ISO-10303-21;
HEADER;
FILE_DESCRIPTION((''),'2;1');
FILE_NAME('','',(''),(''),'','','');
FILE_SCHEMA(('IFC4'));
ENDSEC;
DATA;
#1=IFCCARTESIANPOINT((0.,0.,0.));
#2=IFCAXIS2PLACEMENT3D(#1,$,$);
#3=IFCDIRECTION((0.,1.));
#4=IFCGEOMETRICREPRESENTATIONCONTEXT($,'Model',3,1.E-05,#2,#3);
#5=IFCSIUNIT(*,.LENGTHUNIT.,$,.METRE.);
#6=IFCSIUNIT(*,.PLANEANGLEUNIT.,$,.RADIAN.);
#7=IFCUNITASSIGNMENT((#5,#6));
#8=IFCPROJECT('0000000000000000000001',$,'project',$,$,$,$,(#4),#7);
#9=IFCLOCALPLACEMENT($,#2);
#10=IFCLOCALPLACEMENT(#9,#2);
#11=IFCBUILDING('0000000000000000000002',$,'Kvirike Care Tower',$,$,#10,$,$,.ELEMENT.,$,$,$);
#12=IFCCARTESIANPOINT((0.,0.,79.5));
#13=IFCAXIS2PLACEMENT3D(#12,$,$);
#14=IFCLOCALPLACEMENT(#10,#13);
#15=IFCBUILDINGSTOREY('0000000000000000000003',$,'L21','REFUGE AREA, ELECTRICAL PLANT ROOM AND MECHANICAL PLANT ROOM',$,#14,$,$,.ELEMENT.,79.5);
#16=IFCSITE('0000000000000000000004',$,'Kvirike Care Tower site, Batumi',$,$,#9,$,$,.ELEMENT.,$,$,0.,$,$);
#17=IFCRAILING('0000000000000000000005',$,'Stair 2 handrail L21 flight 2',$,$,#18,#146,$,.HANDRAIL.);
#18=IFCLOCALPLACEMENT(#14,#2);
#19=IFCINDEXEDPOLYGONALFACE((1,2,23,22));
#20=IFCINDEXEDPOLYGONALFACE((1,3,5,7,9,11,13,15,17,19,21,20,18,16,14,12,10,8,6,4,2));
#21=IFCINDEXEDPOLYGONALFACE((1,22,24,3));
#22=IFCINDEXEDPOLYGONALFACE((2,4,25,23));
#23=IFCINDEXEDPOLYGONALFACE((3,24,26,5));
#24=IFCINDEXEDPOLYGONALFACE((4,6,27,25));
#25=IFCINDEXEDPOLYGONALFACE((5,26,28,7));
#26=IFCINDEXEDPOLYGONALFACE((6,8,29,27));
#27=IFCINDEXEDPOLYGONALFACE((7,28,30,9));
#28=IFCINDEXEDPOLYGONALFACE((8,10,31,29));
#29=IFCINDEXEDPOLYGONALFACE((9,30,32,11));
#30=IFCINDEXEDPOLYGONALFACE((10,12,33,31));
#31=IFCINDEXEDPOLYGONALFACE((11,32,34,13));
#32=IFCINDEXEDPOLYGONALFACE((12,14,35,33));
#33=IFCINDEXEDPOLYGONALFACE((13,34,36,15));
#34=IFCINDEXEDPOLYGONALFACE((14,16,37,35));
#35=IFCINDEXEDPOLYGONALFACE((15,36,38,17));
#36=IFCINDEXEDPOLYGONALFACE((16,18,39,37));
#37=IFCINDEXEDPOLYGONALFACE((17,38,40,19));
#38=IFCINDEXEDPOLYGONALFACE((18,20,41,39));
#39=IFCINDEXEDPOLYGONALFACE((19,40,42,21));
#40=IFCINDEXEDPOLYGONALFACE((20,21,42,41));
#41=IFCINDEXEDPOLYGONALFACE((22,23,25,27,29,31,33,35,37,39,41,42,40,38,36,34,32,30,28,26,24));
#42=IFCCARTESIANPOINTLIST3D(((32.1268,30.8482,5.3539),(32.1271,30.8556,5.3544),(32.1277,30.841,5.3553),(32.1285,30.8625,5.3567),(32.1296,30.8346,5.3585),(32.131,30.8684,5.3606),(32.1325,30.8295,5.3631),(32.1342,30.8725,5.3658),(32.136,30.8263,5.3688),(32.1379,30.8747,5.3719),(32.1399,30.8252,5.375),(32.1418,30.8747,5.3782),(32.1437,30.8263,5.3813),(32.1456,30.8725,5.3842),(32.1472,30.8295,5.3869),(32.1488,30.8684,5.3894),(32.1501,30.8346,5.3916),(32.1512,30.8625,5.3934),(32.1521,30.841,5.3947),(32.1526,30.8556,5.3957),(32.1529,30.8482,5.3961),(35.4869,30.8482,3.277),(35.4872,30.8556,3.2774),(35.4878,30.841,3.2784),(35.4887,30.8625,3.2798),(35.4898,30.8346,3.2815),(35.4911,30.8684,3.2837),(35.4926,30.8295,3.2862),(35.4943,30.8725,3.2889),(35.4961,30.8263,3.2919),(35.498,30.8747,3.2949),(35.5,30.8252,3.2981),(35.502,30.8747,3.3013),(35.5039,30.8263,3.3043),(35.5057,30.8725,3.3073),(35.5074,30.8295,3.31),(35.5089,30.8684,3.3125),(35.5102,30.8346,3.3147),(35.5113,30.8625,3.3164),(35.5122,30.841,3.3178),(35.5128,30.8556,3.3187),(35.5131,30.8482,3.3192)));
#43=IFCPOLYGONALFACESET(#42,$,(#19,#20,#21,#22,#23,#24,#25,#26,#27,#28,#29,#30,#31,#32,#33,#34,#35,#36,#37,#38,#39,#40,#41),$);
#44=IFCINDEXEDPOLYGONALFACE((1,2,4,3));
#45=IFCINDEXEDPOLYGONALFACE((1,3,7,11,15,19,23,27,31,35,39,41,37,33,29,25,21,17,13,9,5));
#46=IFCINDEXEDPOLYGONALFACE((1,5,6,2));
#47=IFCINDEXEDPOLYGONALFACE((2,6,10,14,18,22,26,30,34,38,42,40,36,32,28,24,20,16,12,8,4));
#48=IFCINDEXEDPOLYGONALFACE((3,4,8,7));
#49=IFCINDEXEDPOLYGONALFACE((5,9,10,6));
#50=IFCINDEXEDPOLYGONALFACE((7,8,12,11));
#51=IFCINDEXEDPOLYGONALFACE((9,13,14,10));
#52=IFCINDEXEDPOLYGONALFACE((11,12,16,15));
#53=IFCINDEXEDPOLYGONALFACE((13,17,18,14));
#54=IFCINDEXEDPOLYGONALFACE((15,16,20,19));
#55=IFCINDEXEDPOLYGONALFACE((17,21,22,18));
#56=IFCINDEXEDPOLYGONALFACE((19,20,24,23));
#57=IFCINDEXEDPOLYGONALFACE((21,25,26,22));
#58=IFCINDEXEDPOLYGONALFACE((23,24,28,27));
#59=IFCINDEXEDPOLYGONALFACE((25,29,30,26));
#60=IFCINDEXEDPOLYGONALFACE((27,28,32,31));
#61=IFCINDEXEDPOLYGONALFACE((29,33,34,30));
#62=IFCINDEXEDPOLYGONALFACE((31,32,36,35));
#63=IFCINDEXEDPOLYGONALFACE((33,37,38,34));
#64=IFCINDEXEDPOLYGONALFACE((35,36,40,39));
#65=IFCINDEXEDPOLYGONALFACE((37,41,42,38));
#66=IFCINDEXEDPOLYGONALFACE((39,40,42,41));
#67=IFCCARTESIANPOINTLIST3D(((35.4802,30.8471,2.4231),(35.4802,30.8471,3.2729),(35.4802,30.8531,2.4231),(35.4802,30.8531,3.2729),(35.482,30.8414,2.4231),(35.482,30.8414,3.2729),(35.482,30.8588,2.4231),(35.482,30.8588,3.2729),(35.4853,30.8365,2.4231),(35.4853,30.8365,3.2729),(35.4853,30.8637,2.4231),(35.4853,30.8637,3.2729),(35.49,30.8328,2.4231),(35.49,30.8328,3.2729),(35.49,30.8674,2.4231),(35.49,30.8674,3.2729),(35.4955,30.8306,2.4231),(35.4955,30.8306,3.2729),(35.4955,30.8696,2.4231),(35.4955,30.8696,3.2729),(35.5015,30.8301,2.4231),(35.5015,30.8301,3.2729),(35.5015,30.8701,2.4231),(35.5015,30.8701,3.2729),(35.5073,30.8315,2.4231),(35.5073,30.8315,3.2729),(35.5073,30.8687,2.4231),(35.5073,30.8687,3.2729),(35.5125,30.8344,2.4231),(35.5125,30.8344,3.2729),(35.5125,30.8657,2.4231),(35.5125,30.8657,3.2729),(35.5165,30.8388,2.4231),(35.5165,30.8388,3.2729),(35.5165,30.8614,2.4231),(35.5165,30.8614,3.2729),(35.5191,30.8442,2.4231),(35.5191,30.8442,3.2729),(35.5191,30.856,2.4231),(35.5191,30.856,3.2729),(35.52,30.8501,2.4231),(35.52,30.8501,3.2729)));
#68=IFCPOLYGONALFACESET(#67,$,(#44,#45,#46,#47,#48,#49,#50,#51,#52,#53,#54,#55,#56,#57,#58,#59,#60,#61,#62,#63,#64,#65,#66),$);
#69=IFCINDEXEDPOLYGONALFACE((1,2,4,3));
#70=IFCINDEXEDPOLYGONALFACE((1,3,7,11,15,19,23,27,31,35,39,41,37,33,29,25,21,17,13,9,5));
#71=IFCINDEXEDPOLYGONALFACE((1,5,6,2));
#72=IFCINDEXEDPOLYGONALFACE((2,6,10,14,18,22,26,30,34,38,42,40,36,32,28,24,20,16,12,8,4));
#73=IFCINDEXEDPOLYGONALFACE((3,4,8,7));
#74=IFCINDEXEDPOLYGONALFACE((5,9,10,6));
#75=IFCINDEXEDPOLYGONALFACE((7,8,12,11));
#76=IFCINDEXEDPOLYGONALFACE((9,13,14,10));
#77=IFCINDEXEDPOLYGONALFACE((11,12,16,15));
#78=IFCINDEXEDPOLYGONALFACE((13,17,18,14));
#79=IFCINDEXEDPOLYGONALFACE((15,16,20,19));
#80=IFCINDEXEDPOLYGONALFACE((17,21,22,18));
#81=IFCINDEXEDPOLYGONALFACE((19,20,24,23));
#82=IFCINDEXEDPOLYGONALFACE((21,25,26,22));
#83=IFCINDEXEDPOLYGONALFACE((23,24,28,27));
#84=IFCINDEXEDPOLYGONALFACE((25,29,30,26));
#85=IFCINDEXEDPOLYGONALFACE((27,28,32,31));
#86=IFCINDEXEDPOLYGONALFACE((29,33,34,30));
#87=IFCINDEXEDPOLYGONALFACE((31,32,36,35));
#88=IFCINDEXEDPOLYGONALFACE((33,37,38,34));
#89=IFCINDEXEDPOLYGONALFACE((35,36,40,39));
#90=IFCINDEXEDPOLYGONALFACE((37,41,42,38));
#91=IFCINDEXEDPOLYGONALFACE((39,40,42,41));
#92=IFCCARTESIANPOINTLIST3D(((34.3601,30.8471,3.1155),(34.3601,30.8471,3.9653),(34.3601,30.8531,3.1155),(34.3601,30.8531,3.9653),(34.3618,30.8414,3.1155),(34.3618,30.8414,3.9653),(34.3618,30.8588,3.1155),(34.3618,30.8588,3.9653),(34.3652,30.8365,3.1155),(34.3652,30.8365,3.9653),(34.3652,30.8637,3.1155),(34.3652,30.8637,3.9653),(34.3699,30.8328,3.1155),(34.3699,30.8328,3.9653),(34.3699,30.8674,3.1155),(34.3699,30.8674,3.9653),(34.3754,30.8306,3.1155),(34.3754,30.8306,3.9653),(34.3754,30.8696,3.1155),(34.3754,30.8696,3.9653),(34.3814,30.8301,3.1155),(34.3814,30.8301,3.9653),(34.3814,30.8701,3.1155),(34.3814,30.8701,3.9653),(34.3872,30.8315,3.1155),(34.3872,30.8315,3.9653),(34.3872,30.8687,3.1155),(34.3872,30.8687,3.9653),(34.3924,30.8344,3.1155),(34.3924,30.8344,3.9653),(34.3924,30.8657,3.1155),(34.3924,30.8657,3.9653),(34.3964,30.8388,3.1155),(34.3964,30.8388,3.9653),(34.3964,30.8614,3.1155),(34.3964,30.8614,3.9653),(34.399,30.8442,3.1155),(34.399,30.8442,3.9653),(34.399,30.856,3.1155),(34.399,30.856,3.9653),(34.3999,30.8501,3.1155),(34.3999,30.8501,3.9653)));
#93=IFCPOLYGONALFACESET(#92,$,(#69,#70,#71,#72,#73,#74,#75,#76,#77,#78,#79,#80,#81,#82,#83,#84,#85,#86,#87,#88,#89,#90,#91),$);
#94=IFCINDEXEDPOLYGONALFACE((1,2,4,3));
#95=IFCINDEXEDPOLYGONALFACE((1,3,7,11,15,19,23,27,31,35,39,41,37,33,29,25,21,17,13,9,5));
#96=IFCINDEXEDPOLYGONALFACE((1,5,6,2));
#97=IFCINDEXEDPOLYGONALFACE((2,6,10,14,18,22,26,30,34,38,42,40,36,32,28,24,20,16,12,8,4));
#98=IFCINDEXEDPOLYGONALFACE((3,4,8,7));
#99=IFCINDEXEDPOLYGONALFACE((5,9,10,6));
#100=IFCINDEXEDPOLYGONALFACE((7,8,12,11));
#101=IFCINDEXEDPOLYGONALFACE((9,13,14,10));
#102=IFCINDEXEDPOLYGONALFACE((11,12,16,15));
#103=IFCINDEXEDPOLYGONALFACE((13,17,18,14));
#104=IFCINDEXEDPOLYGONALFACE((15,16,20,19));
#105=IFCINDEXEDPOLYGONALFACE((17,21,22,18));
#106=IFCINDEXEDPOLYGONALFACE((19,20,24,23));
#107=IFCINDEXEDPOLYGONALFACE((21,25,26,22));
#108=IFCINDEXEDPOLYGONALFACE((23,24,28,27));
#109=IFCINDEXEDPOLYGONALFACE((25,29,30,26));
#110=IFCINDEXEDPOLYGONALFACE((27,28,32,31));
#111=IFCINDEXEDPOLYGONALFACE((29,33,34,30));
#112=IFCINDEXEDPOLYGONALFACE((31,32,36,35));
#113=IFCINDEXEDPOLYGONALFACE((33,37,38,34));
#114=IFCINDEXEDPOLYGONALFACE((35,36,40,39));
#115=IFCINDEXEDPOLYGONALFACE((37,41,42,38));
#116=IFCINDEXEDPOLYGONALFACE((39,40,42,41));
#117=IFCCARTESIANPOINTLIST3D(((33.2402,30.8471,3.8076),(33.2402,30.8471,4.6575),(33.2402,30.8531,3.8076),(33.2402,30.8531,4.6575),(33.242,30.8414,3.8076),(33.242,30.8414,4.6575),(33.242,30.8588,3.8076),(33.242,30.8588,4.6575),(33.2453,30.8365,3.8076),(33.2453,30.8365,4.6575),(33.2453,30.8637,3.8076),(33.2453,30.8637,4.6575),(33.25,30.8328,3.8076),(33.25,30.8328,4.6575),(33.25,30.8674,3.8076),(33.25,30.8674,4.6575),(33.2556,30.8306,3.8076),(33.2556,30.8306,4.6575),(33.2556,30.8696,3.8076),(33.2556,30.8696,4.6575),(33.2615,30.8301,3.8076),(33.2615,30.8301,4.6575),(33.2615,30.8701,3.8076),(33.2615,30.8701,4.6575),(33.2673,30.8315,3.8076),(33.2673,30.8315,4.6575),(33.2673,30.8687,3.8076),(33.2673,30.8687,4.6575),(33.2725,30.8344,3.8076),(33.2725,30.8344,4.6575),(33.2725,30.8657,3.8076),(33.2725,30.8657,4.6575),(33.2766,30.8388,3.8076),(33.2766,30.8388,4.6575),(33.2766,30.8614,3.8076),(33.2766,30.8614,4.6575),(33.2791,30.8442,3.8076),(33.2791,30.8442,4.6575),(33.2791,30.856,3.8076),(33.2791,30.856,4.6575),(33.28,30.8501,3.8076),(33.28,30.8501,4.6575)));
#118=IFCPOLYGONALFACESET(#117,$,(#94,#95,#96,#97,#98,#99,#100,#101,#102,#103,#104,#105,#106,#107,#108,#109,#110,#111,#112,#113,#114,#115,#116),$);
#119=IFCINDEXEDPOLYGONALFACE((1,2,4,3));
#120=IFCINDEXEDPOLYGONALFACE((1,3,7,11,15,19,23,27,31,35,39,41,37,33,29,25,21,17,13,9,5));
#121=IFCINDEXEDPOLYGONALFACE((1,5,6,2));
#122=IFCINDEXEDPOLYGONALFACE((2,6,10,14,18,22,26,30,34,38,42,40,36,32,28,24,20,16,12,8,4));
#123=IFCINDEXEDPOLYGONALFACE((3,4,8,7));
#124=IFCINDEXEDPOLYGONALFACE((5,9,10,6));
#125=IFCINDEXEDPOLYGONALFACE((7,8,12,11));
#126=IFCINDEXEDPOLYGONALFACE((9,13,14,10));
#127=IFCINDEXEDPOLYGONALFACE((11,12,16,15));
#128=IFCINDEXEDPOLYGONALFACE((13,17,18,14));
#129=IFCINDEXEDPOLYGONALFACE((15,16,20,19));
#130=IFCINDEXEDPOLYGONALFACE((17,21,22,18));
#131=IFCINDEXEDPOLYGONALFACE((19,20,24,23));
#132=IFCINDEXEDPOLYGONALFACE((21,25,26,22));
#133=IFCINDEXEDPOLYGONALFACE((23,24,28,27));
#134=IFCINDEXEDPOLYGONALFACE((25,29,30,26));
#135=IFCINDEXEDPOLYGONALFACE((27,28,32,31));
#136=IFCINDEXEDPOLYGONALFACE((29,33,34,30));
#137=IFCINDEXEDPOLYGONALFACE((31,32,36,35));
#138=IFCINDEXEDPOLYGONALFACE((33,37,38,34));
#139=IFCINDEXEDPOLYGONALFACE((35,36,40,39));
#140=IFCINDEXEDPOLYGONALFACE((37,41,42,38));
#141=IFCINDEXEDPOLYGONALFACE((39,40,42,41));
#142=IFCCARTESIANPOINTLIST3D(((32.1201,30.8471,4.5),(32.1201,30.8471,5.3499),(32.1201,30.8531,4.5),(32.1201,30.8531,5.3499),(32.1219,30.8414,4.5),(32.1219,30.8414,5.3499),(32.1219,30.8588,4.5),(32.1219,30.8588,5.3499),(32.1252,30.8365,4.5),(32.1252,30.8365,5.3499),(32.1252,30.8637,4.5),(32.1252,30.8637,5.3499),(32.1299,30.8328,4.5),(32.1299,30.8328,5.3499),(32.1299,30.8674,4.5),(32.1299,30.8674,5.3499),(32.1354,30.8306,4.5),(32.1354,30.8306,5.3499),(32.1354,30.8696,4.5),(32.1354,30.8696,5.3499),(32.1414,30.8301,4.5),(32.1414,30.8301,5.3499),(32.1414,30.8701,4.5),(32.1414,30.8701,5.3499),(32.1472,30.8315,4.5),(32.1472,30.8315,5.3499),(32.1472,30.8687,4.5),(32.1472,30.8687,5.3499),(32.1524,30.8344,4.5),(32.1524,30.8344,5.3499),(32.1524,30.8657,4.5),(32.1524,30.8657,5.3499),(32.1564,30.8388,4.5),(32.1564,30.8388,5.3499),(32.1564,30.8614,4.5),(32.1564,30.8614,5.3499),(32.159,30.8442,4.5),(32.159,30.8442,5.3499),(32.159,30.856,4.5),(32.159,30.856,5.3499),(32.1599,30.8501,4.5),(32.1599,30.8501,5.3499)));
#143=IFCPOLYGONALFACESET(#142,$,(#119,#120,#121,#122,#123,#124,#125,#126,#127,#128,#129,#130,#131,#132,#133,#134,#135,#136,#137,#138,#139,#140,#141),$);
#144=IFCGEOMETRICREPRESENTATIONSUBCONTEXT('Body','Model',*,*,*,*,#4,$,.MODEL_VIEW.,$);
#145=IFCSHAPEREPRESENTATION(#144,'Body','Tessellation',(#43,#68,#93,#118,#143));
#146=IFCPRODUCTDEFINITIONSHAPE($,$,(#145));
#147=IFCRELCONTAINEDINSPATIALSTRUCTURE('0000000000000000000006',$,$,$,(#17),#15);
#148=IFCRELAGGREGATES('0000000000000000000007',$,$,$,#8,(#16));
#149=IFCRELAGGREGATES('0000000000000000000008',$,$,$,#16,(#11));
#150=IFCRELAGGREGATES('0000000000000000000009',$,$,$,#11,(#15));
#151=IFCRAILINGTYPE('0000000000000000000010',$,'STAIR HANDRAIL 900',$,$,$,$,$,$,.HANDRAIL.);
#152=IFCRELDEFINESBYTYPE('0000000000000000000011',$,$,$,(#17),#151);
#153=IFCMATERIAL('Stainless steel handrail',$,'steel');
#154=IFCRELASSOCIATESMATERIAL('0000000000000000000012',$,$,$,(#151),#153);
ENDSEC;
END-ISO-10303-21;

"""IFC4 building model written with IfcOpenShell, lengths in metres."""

from ifc_helpers import new_model, si_unit, direction, frame, origin, origin_2d, place, context, subcontext, project, spatial, circle, extrude, material, type_object, element, save


model = new_model("IFC4")

# Units and contexts
model_context = context("Model", 3, precision=1e-05, world=origin(), true_north=direction((0.0, 1.0)))
body_context = subcontext(model_context, "Body", "Model", "MODEL_VIEW")
ifc_project = project(units=[si_unit("LENGTHUNIT", "METRE"), si_unit("PLANEANGLEUNIT", "RADIAN")], contexts=[model_context])

# Site, building, storey
site_placement = place(None, origin())
site = spatial("IfcSite", under=ifc_project, at=site_placement, Name="Kvirike Care Tower site, Batumi", CompositionType="ELEMENT", RefElevation=0.0)
building_placement = place(site_placement, origin())
building = spatial("IfcBuilding", under=site, at=building_placement, Name="Kvirike Care Tower", CompositionType="ELEMENT")
storey_placement = place(building_placement, frame((0.0, 0.0, 79.5)))
storey = spatial("IfcBuildingStorey", under=building, at=storey_placement, Name="L21", Description="REFUGE AREA, ELECTRICAL PLANT ROOM AND MECHANICAL PLANT ROOM", CompositionType="ELEMENT", Elevation=79.5)

# Railing
ifc_material_1 = material(Name="Stainless steel handrail", Category="steel")
railing_type = type_object("IfcRailingType", Name="STAIR HANDRAIL 900", PredefinedType="HANDRAIL", material=ifc_material_1)
railing_1_placement = place(storey_placement, frame((35.5, 30.8501, 2.4231)))
element("IfcRailing", 1, at=railing_1_placement, inside=storey, type_object=railing_type, Name="Stair 2 handrail L21 flight 2", PredefinedType="HANDRAIL", context=body_context, shape_type="SweptSolid", body=[
    extrude(circle(Radius=0.0249, at=origin_2d()), frame((0.0, 0.0, 0.875), z_axis=(-0.850623, 0.0, 0.525776), x_axis=(0.0, -1.0, 0.0)), (0.0, 0.0, 1.0), 3.9502),
    extrude(circle(Radius=0.02, at=origin_2d()), origin(), (0.0, 0.0, 1.0), 0.8499),
    extrude(circle(Radius=0.02, at=origin_2d()), frame((-1.1201, 0.0, 0.6924)), (0.0, 0.0, 1.0), 0.8499),
    extrude(circle(Radius=0.02, at=origin_2d()), frame((-2.24, 0.0, 1.3845)), (0.0, 0.0, 1.0), 0.8499),
    extrude(circle(Radius=0.02, at=origin_2d()), frame((-3.3601, 0.0, 2.0769)), (0.0, 0.0, 1.0), 0.8499),
])

save(model, "model.ifc")
